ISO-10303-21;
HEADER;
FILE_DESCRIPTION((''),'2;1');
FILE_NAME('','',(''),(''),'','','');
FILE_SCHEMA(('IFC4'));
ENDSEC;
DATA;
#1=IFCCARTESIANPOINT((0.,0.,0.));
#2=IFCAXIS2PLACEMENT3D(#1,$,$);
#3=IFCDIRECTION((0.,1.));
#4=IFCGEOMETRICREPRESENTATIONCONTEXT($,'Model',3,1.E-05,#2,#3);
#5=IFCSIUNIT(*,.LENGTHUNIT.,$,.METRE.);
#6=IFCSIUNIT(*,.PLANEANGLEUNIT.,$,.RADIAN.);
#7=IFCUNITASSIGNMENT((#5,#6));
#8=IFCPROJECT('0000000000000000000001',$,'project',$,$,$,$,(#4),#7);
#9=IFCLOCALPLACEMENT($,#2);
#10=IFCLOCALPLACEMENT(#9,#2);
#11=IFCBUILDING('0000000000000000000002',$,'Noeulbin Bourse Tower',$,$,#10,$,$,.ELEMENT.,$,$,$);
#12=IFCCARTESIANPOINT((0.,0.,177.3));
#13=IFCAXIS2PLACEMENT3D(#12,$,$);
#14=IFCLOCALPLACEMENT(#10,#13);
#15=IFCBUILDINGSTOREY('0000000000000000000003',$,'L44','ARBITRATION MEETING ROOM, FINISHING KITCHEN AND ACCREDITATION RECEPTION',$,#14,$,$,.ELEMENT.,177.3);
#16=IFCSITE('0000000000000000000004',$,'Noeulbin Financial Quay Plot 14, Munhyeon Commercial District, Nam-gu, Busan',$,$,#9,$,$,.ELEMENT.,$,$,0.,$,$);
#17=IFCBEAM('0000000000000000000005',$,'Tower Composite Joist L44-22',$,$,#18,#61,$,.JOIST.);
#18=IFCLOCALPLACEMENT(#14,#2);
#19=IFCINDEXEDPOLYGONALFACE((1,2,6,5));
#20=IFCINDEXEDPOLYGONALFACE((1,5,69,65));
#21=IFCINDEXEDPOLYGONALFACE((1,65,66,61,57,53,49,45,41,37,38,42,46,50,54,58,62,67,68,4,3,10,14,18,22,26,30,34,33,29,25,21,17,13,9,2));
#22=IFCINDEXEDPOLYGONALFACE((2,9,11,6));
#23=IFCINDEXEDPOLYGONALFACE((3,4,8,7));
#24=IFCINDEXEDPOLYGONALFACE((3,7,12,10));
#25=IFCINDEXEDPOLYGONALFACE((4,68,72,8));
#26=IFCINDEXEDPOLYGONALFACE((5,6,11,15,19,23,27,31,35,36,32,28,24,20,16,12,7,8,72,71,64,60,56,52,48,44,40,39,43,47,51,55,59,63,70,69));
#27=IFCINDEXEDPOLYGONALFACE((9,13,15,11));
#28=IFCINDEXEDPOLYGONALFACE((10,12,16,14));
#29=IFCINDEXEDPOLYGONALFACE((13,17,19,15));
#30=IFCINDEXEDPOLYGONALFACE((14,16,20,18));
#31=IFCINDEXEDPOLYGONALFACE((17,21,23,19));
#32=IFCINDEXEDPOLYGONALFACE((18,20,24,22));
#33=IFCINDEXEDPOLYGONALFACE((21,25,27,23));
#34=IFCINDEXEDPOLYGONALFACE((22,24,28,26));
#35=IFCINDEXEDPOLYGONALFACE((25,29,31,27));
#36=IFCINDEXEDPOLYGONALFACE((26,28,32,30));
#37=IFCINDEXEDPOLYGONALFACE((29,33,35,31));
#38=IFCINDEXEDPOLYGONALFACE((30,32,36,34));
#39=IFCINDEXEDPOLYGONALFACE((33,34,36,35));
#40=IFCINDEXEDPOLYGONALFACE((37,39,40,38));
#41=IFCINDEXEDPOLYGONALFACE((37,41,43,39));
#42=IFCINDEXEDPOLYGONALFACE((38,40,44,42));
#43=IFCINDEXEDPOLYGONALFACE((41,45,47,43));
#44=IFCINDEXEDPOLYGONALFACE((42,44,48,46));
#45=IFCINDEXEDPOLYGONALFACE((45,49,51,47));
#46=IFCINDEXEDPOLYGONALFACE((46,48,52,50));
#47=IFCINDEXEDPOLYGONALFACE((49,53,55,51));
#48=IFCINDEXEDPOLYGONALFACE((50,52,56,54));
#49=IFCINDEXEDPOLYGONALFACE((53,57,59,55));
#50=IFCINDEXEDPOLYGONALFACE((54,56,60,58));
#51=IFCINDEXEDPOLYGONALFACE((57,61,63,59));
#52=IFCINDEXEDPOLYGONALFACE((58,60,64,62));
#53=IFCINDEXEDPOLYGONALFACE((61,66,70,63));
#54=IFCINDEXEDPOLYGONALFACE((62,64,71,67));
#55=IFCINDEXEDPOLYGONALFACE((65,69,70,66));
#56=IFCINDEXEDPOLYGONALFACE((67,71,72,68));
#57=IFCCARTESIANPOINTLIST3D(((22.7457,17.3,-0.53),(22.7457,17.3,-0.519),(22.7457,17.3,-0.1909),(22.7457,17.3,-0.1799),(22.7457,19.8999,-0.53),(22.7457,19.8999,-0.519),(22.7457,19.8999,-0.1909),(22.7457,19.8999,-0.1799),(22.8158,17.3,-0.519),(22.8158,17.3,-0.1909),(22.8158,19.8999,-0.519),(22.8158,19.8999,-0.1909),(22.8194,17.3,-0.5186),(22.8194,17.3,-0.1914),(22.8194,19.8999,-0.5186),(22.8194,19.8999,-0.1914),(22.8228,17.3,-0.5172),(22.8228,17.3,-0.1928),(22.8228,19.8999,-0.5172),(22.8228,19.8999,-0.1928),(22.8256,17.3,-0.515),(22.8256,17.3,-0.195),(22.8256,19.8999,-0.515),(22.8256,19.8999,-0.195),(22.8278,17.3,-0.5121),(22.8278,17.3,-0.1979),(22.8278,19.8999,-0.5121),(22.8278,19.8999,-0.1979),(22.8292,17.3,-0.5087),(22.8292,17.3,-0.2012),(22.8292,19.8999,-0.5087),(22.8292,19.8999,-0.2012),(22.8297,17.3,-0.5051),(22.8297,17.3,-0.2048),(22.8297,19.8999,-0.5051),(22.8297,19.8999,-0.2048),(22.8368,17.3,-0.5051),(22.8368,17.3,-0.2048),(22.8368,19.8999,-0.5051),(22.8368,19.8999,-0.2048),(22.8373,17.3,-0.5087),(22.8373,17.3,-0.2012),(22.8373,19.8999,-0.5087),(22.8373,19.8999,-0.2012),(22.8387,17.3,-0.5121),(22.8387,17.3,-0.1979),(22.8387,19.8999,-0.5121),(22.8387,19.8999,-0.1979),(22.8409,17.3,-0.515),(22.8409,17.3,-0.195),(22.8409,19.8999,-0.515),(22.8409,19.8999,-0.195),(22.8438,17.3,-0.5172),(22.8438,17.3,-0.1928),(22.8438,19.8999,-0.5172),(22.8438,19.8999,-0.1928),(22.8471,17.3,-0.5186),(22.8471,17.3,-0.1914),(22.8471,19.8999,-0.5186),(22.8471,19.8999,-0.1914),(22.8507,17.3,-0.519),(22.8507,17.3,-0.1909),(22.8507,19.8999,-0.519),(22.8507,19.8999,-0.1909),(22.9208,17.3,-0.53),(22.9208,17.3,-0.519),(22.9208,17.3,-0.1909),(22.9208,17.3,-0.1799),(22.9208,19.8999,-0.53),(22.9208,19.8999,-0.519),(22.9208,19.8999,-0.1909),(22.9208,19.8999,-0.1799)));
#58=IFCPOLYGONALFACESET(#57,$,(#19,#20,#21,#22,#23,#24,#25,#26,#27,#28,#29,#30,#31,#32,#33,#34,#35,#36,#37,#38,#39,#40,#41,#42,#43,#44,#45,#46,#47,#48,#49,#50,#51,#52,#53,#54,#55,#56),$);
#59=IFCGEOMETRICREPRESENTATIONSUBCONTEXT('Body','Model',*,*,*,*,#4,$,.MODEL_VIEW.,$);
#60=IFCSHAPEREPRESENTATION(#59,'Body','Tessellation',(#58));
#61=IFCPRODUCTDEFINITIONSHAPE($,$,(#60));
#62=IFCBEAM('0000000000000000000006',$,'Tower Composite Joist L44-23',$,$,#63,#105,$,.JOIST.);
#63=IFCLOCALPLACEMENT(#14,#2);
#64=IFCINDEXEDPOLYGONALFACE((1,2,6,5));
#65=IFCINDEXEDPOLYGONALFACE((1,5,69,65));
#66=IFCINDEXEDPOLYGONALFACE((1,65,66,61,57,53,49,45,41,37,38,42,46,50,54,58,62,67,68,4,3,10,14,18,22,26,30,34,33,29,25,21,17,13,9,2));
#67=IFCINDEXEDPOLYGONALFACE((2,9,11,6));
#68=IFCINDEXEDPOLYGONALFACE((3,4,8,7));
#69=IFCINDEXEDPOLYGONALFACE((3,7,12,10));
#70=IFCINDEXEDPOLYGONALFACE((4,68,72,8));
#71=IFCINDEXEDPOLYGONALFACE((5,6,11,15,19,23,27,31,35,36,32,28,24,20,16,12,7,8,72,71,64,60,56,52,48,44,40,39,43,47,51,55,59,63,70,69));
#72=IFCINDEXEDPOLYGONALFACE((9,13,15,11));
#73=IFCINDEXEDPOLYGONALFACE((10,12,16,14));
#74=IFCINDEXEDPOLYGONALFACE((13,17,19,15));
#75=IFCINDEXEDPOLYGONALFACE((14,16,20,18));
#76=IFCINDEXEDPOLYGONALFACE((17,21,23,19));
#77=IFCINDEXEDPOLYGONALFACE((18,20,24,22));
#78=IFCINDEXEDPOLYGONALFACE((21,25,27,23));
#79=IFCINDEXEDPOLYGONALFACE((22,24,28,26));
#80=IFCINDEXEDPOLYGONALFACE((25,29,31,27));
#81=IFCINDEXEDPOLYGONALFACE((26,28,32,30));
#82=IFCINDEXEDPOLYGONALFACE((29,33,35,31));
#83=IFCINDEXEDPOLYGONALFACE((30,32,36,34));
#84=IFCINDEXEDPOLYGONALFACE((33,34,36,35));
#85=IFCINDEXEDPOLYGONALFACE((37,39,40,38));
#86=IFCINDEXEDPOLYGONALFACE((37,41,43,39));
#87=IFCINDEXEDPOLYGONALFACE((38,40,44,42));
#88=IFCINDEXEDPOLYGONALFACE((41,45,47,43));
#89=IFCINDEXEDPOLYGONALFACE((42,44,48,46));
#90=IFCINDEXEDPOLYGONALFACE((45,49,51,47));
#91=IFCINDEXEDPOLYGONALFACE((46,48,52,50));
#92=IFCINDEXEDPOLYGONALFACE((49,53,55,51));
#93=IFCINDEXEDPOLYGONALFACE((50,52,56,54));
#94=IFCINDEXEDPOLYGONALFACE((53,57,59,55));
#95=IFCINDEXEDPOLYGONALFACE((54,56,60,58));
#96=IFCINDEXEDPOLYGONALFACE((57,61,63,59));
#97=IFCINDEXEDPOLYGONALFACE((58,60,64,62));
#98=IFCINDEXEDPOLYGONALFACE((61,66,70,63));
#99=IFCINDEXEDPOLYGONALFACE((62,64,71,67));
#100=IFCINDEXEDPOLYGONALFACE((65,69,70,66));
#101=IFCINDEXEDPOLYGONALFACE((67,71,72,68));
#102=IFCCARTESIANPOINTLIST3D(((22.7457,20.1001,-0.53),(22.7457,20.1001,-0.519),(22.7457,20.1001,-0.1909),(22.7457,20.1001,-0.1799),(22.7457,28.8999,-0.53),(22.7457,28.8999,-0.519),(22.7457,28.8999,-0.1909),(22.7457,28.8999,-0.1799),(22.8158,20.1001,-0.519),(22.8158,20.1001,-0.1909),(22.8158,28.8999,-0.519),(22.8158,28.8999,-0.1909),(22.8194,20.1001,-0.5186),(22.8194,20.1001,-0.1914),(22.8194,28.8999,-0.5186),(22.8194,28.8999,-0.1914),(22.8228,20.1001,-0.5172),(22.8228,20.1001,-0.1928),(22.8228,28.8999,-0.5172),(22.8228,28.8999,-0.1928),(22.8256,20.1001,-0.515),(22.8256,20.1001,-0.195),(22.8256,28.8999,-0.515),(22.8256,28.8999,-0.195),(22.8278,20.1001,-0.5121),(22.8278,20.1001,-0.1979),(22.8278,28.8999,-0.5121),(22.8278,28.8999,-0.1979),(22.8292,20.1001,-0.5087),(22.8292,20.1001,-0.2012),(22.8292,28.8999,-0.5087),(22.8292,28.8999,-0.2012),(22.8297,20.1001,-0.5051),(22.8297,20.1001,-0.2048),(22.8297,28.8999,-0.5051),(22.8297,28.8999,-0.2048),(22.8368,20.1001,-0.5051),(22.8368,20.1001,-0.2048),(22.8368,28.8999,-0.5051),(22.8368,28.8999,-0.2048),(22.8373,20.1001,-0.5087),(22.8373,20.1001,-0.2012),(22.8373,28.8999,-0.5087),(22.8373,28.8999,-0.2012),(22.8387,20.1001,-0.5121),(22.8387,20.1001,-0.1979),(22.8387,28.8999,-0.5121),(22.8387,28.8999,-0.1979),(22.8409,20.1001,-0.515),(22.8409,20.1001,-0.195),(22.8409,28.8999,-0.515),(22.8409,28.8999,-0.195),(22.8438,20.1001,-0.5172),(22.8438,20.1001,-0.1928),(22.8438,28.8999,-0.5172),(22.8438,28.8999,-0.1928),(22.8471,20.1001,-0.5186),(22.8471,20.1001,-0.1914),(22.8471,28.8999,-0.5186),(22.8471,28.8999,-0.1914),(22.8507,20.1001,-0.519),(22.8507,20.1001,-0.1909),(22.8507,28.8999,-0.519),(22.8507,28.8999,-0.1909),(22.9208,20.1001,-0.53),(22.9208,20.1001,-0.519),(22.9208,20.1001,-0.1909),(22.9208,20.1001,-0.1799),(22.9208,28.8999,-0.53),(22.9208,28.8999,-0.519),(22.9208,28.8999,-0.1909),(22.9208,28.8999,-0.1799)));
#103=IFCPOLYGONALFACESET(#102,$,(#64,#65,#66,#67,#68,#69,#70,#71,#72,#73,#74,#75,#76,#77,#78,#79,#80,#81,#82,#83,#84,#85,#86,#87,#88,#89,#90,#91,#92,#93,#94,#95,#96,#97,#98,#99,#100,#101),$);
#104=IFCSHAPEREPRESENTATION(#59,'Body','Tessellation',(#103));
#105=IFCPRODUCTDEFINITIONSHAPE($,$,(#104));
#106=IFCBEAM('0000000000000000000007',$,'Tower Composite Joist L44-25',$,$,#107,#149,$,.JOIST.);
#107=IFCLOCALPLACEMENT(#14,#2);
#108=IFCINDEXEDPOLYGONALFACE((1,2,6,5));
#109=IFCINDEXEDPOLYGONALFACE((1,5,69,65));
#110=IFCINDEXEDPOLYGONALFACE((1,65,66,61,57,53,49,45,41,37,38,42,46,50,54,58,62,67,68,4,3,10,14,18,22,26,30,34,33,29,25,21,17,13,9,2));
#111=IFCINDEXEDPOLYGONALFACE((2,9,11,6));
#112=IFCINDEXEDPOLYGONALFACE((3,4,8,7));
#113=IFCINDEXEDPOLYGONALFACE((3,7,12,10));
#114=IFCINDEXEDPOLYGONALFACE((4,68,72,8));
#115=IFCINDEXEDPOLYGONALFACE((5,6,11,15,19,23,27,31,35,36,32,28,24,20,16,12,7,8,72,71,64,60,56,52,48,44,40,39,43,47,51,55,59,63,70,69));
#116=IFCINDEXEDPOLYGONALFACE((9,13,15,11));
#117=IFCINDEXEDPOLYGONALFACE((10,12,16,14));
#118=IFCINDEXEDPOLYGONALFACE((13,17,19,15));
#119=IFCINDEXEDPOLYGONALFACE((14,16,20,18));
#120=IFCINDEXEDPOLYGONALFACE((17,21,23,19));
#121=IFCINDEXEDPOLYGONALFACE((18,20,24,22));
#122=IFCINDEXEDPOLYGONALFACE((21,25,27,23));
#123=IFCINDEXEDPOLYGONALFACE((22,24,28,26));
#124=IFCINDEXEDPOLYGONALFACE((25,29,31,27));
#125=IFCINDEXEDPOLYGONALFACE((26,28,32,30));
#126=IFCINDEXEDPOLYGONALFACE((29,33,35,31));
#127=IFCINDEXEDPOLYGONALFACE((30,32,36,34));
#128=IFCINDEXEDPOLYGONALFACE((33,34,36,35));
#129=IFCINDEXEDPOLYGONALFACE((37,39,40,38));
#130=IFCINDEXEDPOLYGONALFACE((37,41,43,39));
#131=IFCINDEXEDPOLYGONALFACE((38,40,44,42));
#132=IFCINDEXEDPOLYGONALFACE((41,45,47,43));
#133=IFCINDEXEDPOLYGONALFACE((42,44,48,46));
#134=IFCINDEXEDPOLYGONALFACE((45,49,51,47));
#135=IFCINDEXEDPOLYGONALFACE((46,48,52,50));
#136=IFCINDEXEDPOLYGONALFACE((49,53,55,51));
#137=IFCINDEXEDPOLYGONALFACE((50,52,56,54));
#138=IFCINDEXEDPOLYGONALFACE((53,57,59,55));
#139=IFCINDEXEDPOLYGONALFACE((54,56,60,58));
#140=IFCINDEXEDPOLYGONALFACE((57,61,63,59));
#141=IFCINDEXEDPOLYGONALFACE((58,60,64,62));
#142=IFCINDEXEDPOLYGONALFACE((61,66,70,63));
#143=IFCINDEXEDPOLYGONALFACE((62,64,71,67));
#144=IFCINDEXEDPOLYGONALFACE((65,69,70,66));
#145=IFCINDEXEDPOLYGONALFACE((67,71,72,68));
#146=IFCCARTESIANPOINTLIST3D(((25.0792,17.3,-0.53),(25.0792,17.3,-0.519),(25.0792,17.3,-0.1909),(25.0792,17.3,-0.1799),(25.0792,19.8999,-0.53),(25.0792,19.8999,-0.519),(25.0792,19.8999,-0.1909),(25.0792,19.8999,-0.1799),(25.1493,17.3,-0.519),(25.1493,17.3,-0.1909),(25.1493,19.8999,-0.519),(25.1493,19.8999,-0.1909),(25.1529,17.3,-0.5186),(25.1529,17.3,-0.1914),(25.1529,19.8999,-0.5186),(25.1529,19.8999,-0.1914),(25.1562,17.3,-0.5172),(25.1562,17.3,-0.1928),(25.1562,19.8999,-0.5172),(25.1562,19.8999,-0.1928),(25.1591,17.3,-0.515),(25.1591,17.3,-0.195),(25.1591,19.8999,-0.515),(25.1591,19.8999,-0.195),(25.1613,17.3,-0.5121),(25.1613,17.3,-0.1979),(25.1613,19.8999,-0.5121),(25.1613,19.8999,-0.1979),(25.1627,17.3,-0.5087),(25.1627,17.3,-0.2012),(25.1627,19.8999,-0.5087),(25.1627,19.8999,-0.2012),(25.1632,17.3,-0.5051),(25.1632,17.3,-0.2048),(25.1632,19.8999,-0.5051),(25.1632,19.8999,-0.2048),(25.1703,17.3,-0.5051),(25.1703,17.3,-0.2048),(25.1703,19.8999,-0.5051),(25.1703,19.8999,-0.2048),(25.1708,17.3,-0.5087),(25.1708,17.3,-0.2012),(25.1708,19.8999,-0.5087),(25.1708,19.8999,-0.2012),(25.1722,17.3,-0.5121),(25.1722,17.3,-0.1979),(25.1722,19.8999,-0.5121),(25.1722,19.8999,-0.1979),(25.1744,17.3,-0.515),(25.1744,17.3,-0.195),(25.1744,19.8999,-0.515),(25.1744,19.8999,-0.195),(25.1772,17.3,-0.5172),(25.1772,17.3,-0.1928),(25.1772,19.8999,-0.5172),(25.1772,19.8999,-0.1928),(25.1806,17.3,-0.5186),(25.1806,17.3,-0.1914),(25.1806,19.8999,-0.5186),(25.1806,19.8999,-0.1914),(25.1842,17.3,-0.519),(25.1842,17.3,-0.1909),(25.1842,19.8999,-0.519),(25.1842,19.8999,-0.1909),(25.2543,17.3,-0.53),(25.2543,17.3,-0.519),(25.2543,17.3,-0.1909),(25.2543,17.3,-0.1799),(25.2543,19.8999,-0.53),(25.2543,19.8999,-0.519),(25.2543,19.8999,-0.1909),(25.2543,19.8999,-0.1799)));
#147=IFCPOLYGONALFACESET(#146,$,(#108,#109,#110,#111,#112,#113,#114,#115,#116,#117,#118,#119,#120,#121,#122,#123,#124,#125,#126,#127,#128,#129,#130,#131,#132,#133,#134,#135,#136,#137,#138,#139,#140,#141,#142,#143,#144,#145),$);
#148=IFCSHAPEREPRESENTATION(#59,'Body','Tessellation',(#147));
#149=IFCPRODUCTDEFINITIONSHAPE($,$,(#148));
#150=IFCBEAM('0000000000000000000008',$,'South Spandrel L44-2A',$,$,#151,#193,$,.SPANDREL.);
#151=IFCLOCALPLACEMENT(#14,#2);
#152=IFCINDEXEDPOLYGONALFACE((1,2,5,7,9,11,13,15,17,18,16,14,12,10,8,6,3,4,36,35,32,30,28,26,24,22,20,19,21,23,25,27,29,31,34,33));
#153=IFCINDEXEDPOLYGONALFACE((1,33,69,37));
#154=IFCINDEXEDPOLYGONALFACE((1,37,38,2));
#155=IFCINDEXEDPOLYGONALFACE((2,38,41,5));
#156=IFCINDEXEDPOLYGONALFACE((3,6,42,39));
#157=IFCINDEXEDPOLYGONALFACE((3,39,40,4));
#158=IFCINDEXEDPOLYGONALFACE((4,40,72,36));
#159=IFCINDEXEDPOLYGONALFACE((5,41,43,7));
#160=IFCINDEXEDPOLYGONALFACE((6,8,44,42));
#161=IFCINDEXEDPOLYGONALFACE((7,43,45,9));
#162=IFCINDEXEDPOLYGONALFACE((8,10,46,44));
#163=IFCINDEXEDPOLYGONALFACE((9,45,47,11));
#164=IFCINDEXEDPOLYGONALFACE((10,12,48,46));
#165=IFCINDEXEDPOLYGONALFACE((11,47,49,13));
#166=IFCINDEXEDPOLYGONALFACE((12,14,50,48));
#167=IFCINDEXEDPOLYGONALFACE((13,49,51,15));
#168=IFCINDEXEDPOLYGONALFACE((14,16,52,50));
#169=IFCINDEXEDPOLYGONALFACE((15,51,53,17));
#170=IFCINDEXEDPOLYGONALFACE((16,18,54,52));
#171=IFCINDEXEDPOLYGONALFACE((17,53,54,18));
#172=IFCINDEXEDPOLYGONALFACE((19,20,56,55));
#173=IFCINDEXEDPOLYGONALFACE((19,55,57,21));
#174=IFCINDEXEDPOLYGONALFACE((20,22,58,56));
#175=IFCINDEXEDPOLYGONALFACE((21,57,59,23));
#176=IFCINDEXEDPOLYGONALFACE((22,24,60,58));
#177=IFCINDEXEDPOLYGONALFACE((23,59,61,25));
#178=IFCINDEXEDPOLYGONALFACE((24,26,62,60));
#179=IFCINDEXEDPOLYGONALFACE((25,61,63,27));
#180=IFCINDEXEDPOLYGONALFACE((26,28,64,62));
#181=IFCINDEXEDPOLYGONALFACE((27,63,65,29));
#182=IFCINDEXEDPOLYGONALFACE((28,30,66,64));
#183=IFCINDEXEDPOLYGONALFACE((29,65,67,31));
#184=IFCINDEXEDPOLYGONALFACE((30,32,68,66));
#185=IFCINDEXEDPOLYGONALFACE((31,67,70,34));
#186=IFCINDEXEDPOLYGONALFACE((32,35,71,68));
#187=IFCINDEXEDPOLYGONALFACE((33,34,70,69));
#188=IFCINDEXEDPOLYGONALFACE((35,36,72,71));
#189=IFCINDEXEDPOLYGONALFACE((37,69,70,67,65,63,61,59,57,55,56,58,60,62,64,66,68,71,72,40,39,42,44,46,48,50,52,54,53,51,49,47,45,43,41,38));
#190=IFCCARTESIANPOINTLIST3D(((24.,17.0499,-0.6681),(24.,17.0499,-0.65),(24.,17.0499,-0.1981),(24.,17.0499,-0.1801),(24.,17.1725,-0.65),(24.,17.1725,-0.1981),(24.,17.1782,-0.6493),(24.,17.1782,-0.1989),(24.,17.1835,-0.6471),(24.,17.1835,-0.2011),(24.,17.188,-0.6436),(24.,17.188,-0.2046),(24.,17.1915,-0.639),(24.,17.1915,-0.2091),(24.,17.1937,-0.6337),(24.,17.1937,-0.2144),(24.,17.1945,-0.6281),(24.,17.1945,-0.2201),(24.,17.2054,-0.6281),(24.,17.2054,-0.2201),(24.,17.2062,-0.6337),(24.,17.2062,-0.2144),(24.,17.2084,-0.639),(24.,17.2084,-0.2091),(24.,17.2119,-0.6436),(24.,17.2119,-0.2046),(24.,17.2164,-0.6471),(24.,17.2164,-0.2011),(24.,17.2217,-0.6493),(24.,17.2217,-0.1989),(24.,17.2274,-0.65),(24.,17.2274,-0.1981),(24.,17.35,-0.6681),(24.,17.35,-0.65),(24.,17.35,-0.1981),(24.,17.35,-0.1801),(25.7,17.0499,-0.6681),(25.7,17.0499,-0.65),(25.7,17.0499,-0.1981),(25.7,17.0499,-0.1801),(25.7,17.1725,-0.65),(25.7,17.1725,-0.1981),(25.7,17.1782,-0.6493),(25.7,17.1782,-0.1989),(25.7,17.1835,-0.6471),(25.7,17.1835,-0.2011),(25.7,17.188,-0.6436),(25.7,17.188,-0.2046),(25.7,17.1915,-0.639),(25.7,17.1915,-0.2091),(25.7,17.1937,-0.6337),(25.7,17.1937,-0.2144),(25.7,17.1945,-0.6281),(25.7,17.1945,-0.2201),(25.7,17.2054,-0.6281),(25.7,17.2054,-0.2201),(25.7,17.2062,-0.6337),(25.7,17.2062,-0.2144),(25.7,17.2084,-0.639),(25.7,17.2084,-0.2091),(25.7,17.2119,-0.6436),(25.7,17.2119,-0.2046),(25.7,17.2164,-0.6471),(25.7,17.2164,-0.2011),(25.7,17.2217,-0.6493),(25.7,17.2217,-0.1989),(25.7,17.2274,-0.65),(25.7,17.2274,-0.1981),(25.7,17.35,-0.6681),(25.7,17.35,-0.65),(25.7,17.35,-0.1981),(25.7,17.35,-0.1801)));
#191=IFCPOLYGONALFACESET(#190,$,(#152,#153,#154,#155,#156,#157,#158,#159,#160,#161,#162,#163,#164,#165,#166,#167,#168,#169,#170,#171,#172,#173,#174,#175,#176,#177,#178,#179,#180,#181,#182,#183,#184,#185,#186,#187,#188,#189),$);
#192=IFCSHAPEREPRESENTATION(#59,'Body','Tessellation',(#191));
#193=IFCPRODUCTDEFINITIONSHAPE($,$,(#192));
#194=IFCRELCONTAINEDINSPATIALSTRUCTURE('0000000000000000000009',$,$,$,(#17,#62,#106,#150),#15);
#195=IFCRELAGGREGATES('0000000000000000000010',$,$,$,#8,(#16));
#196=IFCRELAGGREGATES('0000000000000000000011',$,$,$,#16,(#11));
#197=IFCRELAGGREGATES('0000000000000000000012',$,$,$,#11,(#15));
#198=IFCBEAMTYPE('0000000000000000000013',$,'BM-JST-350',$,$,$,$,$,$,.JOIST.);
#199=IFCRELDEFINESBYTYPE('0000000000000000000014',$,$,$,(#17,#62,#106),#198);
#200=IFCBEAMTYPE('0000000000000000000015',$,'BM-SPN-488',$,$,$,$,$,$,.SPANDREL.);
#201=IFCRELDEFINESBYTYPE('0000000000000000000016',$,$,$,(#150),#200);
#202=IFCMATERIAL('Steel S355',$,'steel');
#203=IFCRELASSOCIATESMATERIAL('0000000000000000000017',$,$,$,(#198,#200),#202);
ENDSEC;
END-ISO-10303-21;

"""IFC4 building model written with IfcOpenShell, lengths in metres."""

from ifc_helpers import new_model, si_unit, direction, frame, origin, origin_2d, place, context, subcontext, project, spatial, i_section, extrude, material, material_profile, profile_set, type_object, element, save


model = new_model("IFC4")

# Units and contexts
model_context = context("Model", 3, precision=1e-05, world=origin(), true_north=direction((0.0, 1.0)))
body_context = subcontext(model_context, "Body", "Model", "MODEL_VIEW")
ifc_project = project(units=[si_unit("LENGTHUNIT", "METRE"), si_unit("PLANEANGLEUNIT", "RADIAN")], contexts=[model_context])

# Site, building, storey
site_placement = place(None, origin())
site = spatial("IfcSite", under=ifc_project, at=site_placement, Name="Noeulbin Financial Quay Plot 14, Munhyeon Commercial District, Nam-gu, Busan", CompositionType="ELEMENT", RefElevation=0.0)
building_placement = place(site_placement, origin())
building = spatial("IfcBuilding", under=site, at=building_placement, Name="Noeulbin Bourse Tower", CompositionType="ELEMENT")
storey_placement = place(building_placement, frame((0.0, 0.0, 177.3)))
storey = spatial("IfcBuildingStorey", under=building, at=storey_placement, Name="L44", Description="ARBITRATION MEETING ROOM, FINISHING KITCHEN AND ACCREDITATION RECEPTION", CompositionType="ELEMENT", Elevation=177.3)

# Shared definitions
ifc_material_1 = material(Name="Steel S355", Category="steel")

# Beams
ifc_material_profile_1 = material_profile(ifc_material_1, i_section(OverallWidth=0.175, OverallDepth=0.3501, WebThickness=0.0071, FlangeThickness=0.011, FilletRadius=0.0139, at=origin_2d()), Name="H-350x175x7x11", Category="LoadBearing")
ifc_profile_set_1 = profile_set([ifc_material_profile_1], Name="Steel S355")
beam_type_1 = type_object("IfcBeamType", Name="BM-JST-350", PredefinedType="JOIST", material=ifc_profile_set_1)
beam_1_placement = place(storey_placement, frame((22.8333, 17.3, -0.355), z_axis=(0.0, 1.0, 0.0), x_axis=(-1.0, 0.0, 0.0)))
element("IfcBeam", 1, at=beam_1_placement, inside=storey, type_object=beam_type_1, Name="Tower Composite Joist L44-22", PredefinedType="JOIST", context=body_context, shape_type="SweptSolid", body=[
    extrude(i_section(OverallWidth=0.175, OverallDepth=0.3501, WebThickness=0.0071, FlangeThickness=0.011, FilletRadius=0.0139, at=origin_2d()), origin(), (0.0, 0.0, 1.0), 2.5999),
])
beam_2_placement = place(storey_placement, frame((22.8333, 20.1001, -0.355), z_axis=(0.0, 1.0, 0.0), x_axis=(-1.0, 0.0, 0.0)))
element("IfcBeam", 2, at=beam_2_placement, inside=storey, type_object=beam_type_1, Name="Tower Composite Joist L44-23", PredefinedType="JOIST", context=body_context, shape_type="SweptSolid", body=[
    extrude(i_section(OverallWidth=0.175, OverallDepth=0.3501, WebThickness=0.0071, FlangeThickness=0.011, FilletRadius=0.0139, at=origin_2d()), origin(), (0.0, 0.0, 1.0), 8.7998),
])
beam_3_placement = place(storey_placement, frame((25.1667, 17.3, -0.355), z_axis=(0.0, 1.0, 0.0), x_axis=(-1.0, 0.0, 0.0)))
element("IfcBeam", 3, at=beam_3_placement, inside=storey, type_object=beam_type_1, Name="Tower Composite Joist L44-25", PredefinedType="JOIST", context=body_context, shape_type="SweptSolid", body=[
    extrude(i_section(OverallWidth=0.175, OverallDepth=0.3501, WebThickness=0.0071, FlangeThickness=0.011, FilletRadius=0.0139, at=origin_2d()), origin(), (0.0, 0.0, 1.0), 2.5999),
])
ifc_material_profile_2 = material_profile(ifc_material_1, i_section(OverallWidth=0.3, OverallDepth=0.488, WebThickness=0.011, FlangeThickness=0.0181, FilletRadius=0.022, at=origin_2d()), Name="H-488x300x11x18", Category="LoadBearing")
ifc_profile_set_2 = profile_set([ifc_material_profile_2], Name="Steel S355")
beam_type_2 = type_object("IfcBeamType", Name="BM-SPN-488", PredefinedType="SPANDREL", material=ifc_profile_set_2)
beam_4_placement = place(storey_placement, frame((24.0, 17.2, -0.4241), z_axis=(1.0, 0.0, 0.0), x_axis=(0.0, 1.0, 0.0)))
element("IfcBeam", 4, at=beam_4_placement, inside=storey, type_object=beam_type_2, Name="South Spandrel L44-2A", PredefinedType="SPANDREL", context=body_context, shape_type="SweptSolid", body=[
    extrude(i_section(OverallWidth=0.3, OverallDepth=0.488, WebThickness=0.011, FlangeThickness=0.0181, FilletRadius=0.022, at=origin_2d()), origin(), (0.0, 0.0, 1.0), 1.7),
])

save(model, "model.ifc")
